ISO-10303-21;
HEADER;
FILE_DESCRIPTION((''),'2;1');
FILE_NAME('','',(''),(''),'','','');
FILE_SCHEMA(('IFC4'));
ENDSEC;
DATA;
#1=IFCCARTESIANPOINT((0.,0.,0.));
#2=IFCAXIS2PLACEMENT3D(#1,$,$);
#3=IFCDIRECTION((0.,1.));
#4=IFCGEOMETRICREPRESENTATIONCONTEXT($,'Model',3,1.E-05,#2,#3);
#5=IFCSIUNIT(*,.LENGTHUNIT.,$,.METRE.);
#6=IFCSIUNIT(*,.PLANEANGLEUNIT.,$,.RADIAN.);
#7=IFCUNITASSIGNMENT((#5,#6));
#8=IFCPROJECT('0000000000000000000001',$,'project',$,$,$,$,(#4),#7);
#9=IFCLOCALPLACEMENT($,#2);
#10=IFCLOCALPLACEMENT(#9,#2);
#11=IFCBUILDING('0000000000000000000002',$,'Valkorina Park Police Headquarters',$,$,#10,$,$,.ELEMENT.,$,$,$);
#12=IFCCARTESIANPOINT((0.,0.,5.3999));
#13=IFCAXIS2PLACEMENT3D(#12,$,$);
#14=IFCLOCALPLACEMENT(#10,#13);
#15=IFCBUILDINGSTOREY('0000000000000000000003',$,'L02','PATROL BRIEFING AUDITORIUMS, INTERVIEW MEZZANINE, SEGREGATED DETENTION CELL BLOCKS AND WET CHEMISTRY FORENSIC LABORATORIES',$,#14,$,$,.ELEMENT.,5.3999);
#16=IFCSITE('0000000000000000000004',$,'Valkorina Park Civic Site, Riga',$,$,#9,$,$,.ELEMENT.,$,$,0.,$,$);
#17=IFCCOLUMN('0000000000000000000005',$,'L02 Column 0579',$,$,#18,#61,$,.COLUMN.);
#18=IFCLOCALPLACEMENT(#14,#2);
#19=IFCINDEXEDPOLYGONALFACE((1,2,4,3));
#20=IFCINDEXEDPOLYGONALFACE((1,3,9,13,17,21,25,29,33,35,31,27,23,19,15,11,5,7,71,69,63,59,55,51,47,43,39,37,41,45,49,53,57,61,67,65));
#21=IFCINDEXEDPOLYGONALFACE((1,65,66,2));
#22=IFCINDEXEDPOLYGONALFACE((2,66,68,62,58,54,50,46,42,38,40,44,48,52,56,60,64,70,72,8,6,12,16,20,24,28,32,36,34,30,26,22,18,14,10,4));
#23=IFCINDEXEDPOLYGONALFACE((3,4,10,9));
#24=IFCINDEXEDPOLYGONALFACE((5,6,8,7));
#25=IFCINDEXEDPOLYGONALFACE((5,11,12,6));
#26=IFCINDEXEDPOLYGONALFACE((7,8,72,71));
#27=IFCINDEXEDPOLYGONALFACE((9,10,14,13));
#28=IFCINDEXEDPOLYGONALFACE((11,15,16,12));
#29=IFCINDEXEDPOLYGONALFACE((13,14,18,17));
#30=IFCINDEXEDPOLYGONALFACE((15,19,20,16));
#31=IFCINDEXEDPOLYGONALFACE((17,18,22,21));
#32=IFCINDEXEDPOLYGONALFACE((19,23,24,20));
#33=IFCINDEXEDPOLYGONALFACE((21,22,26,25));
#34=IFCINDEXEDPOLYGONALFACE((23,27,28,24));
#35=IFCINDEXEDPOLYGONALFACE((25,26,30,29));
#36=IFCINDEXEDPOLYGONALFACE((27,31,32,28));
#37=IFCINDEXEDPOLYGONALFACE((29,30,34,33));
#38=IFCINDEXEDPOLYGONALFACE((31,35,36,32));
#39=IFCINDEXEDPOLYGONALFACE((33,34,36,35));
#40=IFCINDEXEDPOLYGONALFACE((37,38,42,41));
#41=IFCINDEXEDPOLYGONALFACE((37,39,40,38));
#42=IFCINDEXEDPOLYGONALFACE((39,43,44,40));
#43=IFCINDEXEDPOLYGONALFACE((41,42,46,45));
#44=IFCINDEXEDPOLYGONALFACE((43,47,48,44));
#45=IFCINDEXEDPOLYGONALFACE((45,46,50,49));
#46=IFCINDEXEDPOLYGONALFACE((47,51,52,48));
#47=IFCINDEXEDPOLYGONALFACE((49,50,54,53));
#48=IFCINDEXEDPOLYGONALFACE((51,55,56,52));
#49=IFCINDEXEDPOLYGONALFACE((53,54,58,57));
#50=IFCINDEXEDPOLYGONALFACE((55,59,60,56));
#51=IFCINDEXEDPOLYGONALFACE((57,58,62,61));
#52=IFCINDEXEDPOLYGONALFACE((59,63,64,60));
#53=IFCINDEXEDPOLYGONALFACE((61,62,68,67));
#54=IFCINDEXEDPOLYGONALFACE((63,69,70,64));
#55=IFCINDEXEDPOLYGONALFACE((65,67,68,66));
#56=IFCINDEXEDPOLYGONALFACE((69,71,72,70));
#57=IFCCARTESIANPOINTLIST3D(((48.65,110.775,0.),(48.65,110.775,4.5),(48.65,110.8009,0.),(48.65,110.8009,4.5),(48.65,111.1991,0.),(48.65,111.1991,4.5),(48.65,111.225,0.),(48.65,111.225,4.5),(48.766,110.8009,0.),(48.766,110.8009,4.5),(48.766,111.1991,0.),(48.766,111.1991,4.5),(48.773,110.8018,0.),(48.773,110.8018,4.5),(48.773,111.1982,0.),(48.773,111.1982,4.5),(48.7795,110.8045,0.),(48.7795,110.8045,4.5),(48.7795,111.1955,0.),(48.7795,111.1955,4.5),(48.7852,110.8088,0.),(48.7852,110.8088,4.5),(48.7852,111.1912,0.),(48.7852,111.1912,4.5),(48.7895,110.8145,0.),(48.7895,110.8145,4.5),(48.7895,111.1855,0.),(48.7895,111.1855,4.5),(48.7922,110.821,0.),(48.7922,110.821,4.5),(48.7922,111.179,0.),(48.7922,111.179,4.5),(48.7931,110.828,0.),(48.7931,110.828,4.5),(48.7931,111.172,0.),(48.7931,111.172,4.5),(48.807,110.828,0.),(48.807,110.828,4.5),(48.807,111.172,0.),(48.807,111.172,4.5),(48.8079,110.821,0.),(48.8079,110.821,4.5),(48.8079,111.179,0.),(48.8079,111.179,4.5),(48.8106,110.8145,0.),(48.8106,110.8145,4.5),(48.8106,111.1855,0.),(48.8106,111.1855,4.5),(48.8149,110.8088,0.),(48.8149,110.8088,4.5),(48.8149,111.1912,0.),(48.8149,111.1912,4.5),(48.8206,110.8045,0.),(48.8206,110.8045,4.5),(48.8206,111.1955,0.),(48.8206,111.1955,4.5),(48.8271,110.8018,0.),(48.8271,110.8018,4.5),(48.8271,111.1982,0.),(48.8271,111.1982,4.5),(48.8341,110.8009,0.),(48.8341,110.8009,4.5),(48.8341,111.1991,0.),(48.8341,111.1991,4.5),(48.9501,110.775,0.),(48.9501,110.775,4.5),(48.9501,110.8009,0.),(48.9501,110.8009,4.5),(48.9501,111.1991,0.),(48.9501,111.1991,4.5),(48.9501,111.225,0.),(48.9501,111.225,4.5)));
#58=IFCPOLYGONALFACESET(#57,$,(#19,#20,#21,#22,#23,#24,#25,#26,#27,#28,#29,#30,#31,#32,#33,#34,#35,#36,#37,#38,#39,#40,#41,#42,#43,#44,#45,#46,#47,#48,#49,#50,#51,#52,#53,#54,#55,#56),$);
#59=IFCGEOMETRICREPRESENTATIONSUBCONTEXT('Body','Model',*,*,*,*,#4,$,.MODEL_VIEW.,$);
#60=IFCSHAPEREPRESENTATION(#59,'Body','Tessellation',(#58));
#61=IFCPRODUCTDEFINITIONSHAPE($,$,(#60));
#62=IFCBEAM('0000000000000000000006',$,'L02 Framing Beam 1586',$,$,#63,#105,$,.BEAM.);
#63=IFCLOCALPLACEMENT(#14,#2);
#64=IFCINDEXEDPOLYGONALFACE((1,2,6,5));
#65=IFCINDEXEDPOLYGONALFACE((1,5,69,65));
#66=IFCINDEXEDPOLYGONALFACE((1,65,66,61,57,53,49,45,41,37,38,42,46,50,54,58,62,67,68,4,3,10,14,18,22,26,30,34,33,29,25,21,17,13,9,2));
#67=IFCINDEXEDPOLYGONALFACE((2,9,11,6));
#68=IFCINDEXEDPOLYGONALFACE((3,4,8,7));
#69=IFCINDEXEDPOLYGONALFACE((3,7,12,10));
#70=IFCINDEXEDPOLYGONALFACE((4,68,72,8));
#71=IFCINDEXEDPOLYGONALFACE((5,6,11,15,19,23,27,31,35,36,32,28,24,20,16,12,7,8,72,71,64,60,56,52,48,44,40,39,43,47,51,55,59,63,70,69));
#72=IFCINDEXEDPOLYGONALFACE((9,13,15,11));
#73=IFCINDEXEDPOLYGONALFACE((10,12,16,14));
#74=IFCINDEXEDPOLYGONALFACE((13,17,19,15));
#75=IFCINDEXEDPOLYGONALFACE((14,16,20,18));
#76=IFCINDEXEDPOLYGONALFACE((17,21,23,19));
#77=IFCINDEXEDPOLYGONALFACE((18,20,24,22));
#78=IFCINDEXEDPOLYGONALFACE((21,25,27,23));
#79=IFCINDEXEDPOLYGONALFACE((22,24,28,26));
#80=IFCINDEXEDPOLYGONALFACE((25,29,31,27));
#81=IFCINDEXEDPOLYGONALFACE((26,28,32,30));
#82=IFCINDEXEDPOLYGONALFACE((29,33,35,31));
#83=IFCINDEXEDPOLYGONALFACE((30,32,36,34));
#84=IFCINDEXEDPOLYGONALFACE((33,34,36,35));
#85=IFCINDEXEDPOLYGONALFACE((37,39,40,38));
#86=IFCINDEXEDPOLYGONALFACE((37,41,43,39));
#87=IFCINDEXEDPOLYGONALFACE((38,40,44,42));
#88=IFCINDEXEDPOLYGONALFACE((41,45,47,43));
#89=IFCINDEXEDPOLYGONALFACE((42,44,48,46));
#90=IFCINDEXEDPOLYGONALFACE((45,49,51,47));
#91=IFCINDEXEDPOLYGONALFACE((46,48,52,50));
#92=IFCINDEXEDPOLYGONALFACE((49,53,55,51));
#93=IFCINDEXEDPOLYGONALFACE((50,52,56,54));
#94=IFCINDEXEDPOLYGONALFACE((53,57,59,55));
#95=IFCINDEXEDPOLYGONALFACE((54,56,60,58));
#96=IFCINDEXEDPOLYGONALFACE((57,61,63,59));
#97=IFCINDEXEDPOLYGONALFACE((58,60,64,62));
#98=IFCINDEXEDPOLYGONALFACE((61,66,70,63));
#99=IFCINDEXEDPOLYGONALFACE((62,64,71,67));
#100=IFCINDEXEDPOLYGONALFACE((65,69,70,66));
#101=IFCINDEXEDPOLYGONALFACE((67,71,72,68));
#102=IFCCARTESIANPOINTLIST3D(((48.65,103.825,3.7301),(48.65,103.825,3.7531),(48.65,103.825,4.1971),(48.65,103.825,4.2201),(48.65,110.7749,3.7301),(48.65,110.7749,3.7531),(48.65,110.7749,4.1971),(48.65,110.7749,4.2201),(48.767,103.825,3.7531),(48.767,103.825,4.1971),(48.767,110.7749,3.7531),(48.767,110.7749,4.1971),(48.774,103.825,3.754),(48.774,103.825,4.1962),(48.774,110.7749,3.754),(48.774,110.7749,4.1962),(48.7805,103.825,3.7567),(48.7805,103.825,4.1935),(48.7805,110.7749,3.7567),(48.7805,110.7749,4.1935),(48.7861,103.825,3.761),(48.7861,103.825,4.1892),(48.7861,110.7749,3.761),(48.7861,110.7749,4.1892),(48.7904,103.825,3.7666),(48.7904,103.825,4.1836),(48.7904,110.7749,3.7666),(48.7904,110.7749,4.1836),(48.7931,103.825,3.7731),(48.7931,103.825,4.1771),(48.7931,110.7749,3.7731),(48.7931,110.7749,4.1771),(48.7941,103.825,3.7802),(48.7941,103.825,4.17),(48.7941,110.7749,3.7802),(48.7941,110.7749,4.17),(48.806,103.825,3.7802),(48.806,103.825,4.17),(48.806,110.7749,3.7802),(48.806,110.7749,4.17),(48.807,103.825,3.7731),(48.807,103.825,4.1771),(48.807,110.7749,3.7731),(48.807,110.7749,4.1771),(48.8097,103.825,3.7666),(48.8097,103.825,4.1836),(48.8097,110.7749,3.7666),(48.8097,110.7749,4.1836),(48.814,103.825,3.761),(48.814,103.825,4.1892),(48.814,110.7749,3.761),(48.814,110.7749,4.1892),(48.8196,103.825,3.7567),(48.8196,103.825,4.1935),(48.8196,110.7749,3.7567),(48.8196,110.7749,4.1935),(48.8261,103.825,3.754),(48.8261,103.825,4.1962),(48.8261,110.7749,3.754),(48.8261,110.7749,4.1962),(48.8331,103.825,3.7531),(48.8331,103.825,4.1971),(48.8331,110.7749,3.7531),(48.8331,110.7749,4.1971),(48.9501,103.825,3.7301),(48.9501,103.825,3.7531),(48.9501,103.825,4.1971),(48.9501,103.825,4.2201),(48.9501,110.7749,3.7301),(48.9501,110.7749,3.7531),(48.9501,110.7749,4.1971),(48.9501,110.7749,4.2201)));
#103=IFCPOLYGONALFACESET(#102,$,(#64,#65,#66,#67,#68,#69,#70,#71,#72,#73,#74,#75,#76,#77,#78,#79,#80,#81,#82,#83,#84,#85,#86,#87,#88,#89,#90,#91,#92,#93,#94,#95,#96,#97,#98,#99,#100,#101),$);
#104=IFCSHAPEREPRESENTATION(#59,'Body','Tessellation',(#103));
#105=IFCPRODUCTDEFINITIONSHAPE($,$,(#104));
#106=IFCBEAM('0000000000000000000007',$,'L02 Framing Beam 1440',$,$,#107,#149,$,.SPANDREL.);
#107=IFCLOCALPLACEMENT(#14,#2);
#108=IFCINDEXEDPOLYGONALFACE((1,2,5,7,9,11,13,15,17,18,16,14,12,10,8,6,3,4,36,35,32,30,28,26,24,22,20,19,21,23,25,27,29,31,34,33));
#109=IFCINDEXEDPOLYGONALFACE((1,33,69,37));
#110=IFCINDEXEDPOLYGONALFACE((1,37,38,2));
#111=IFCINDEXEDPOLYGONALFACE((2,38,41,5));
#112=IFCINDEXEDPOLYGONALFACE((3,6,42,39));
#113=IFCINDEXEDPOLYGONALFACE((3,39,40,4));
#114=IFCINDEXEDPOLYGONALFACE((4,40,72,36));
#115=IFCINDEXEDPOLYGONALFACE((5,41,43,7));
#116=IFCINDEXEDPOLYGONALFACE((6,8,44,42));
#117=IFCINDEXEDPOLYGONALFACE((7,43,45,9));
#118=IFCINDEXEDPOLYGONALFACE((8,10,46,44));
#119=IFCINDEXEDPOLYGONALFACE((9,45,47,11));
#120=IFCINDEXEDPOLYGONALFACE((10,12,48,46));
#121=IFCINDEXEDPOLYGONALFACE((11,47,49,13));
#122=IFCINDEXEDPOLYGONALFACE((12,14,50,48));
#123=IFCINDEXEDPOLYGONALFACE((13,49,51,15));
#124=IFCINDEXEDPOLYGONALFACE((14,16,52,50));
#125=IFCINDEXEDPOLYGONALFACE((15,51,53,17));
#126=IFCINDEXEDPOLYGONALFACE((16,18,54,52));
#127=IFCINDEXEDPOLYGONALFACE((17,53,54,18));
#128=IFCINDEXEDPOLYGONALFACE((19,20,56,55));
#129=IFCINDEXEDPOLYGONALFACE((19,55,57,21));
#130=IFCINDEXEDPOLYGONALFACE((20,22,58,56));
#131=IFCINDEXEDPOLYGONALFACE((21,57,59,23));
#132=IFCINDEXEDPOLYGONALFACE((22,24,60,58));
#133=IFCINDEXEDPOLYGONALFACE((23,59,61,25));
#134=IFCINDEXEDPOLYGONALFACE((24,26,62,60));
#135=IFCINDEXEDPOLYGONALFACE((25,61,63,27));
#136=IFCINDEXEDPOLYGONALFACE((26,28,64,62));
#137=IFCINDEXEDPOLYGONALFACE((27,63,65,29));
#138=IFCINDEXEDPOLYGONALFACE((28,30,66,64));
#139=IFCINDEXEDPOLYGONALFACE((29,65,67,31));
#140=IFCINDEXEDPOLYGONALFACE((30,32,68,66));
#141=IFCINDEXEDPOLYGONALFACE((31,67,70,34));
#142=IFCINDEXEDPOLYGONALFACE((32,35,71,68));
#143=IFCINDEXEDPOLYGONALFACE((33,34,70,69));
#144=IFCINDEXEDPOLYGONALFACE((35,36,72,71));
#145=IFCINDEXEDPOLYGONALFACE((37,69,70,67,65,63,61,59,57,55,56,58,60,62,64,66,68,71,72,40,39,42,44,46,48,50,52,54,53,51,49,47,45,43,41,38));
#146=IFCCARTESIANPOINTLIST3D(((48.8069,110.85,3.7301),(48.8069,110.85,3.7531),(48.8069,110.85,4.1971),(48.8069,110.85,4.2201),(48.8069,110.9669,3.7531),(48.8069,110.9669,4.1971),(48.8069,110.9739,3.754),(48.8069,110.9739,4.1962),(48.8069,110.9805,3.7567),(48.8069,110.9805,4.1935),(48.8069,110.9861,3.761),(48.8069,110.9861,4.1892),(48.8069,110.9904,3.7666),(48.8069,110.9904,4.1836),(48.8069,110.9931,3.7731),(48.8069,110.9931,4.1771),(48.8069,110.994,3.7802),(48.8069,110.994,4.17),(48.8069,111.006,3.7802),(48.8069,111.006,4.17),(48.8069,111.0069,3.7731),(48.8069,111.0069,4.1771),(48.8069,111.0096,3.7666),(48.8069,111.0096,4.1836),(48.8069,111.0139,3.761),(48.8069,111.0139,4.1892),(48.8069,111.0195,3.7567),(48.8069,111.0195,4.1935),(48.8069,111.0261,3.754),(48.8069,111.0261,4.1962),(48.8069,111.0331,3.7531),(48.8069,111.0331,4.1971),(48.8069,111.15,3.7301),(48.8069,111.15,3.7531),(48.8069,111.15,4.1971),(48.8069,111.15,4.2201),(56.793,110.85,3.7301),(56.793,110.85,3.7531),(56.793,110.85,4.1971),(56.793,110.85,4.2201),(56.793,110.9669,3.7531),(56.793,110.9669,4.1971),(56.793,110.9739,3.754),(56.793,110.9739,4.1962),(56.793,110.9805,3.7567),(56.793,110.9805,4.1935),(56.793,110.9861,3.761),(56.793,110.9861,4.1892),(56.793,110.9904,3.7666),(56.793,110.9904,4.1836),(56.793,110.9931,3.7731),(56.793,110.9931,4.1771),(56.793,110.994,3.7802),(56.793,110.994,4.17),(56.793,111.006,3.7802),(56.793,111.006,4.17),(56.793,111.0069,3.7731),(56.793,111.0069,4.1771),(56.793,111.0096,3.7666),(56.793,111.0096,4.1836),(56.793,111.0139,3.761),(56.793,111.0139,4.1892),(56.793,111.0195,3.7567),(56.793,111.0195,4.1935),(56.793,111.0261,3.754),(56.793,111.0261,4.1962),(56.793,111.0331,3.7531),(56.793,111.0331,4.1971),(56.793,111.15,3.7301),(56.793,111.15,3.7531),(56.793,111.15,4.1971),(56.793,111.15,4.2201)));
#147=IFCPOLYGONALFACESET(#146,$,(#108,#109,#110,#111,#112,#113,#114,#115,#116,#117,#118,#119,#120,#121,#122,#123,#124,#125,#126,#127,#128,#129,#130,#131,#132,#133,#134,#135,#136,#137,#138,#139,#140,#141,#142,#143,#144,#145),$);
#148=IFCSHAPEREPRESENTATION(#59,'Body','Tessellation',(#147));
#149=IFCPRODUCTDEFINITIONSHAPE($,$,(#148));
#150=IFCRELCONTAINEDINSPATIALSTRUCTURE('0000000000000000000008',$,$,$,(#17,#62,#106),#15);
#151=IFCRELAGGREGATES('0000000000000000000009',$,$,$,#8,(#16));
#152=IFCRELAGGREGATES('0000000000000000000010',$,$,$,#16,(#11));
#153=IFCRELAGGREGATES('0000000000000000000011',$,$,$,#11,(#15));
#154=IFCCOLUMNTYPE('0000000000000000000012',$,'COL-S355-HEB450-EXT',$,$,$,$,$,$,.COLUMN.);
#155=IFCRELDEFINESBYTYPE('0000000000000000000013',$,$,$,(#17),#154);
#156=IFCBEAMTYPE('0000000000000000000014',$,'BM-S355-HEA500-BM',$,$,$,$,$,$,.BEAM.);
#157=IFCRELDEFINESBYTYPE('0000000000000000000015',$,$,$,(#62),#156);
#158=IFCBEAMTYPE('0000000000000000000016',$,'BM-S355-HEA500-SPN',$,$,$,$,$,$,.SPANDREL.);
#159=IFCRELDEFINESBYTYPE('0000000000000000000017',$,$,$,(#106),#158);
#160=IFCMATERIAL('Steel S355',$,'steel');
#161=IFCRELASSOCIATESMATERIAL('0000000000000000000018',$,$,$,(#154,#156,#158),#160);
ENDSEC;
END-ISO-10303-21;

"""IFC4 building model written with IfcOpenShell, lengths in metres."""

from ifc_helpers import new_model, si_unit, direction, frame, origin, origin_2d, place, context, subcontext, project, spatial, i_section, extrude, material, material_profile, profile_set, type_object, element, save


model = new_model("IFC4")

# Units and contexts
model_context = context("Model", 3, precision=1e-05, world=origin(), true_north=direction((0.0, 1.0)))
body_context = subcontext(model_context, "Body", "Model", "MODEL_VIEW")
ifc_project = project(units=[si_unit("LENGTHUNIT", "METRE"), si_unit("PLANEANGLEUNIT", "RADIAN")], contexts=[model_context])

# Site, building, storey
site_placement = place(None, origin())
site = spatial("IfcSite", under=ifc_project, at=site_placement, Name="Valkorina Park Civic Site, Riga", CompositionType="ELEMENT", RefElevation=0.0)
building_placement = place(site_placement, origin())
building = spatial("IfcBuilding", under=site, at=building_placement, Name="Valkorina Park Police Headquarters", CompositionType="ELEMENT")
storey_placement = place(building_placement, frame((0.0, 0.0, 5.3999)))
storey = spatial("IfcBuildingStorey", under=building, at=storey_placement, Name="L02", Description="PATROL BRIEFING AUDITORIUMS, INTERVIEW MEZZANINE, SEGREGATED DETENTION CELL BLOCKS AND WET CHEMISTRY FORENSIC LABORATORIES", CompositionType="ELEMENT", Elevation=5.3999)

# Column
ifc_material_1 = material(Name="Steel S355", Category="steel")
ifc_material_profile_1 = material_profile(ifc_material_1, i_section(OverallWidth=0.3, OverallDepth=0.45, WebThickness=0.0139, FlangeThickness=0.0259, FilletRadius=0.0271, at=origin_2d()), Name="HEB 450")
ifc_profile_set_1 = profile_set([ifc_material_profile_1], Name="Steel S355")
column_type = type_object("IfcColumnType", Name="COL-S355-HEB450-EXT", PredefinedType="COLUMN", material=ifc_profile_set_1)
column_placement = place(storey_placement, frame((48.8, 111.0, 0.0), z_axis=(0.0, 0.0, 1.0), x_axis=(1.0, 0.0, 0.0)))
element("IfcColumn", 1, at=column_placement, inside=storey, type_object=column_type, Name="L02 Column 0579", PredefinedType="COLUMN", context=body_context, shape_type="SweptSolid", body=[
    extrude(i_section(OverallWidth=0.3, OverallDepth=0.45, WebThickness=0.0139, FlangeThickness=0.0259, FilletRadius=0.0271, at=origin_2d()), origin(), (0.0, 0.0, 1.0), 4.5),
])

# Beams
ifc_material_profile_2 = material_profile(ifc_material_1, i_section(OverallWidth=0.3, OverallDepth=0.49, WebThickness=0.012, FlangeThickness=0.0229, FilletRadius=0.0271, at=origin_2d()), Name="HEA 500")
ifc_profile_set_2 = profile_set([ifc_material_profile_2], Name="Steel S355")
beam_type_1 = type_object("IfcBeamType", Name="BM-S355-HEA500-BM", PredefinedType="BEAM", material=ifc_profile_set_2)
beam_1_placement = place(storey_placement, frame((48.8, 103.825, 3.9751), z_axis=(0.0, 1.0, 0.0), x_axis=(-1.0, 0.0, 0.0)))
element("IfcBeam", 2, at=beam_1_placement, inside=storey, type_object=beam_type_1, Name="L02 Framing Beam 1586", PredefinedType="BEAM", context=body_context, shape_type="SweptSolid", body=[
    extrude(i_section(OverallWidth=0.3, OverallDepth=0.49, WebThickness=0.012, FlangeThickness=0.0229, FilletRadius=0.0271, at=origin_2d()), origin(), (0.0, 0.0, 1.0), 6.95),
])
ifc_material_profile_3 = material_profile(ifc_material_1, i_section(OverallWidth=0.3, OverallDepth=0.49, WebThickness=0.012, FlangeThickness=0.0229, FilletRadius=0.0271, at=origin_2d()), Name="HEA 500")
ifc_profile_set_3 = profile_set([ifc_material_profile_3], Name="Steel S355")
beam_type_2 = type_object("IfcBeamType", Name="BM-S355-HEA500-SPN", PredefinedType="SPANDREL", material=ifc_profile_set_3)
beam_2_placement = place(storey_placement, frame((48.8069, 111.0, 3.9751), z_axis=(1.0, 0.0, 0.0), x_axis=(0.0, 1.0, 0.0)))
element("IfcBeam", 3, at=beam_2_placement, inside=storey, type_object=beam_type_2, Name="L02 Framing Beam 1440", PredefinedType="SPANDREL", context=body_context, shape_type="SweptSolid", body=[
    extrude(i_section(OverallWidth=0.3, OverallDepth=0.49, WebThickness=0.012, FlangeThickness=0.0229, FilletRadius=0.0271, at=origin_2d()), origin(), (0.0, 0.0, 1.0), 7.9861),
])

save(model, "model.ifc")
